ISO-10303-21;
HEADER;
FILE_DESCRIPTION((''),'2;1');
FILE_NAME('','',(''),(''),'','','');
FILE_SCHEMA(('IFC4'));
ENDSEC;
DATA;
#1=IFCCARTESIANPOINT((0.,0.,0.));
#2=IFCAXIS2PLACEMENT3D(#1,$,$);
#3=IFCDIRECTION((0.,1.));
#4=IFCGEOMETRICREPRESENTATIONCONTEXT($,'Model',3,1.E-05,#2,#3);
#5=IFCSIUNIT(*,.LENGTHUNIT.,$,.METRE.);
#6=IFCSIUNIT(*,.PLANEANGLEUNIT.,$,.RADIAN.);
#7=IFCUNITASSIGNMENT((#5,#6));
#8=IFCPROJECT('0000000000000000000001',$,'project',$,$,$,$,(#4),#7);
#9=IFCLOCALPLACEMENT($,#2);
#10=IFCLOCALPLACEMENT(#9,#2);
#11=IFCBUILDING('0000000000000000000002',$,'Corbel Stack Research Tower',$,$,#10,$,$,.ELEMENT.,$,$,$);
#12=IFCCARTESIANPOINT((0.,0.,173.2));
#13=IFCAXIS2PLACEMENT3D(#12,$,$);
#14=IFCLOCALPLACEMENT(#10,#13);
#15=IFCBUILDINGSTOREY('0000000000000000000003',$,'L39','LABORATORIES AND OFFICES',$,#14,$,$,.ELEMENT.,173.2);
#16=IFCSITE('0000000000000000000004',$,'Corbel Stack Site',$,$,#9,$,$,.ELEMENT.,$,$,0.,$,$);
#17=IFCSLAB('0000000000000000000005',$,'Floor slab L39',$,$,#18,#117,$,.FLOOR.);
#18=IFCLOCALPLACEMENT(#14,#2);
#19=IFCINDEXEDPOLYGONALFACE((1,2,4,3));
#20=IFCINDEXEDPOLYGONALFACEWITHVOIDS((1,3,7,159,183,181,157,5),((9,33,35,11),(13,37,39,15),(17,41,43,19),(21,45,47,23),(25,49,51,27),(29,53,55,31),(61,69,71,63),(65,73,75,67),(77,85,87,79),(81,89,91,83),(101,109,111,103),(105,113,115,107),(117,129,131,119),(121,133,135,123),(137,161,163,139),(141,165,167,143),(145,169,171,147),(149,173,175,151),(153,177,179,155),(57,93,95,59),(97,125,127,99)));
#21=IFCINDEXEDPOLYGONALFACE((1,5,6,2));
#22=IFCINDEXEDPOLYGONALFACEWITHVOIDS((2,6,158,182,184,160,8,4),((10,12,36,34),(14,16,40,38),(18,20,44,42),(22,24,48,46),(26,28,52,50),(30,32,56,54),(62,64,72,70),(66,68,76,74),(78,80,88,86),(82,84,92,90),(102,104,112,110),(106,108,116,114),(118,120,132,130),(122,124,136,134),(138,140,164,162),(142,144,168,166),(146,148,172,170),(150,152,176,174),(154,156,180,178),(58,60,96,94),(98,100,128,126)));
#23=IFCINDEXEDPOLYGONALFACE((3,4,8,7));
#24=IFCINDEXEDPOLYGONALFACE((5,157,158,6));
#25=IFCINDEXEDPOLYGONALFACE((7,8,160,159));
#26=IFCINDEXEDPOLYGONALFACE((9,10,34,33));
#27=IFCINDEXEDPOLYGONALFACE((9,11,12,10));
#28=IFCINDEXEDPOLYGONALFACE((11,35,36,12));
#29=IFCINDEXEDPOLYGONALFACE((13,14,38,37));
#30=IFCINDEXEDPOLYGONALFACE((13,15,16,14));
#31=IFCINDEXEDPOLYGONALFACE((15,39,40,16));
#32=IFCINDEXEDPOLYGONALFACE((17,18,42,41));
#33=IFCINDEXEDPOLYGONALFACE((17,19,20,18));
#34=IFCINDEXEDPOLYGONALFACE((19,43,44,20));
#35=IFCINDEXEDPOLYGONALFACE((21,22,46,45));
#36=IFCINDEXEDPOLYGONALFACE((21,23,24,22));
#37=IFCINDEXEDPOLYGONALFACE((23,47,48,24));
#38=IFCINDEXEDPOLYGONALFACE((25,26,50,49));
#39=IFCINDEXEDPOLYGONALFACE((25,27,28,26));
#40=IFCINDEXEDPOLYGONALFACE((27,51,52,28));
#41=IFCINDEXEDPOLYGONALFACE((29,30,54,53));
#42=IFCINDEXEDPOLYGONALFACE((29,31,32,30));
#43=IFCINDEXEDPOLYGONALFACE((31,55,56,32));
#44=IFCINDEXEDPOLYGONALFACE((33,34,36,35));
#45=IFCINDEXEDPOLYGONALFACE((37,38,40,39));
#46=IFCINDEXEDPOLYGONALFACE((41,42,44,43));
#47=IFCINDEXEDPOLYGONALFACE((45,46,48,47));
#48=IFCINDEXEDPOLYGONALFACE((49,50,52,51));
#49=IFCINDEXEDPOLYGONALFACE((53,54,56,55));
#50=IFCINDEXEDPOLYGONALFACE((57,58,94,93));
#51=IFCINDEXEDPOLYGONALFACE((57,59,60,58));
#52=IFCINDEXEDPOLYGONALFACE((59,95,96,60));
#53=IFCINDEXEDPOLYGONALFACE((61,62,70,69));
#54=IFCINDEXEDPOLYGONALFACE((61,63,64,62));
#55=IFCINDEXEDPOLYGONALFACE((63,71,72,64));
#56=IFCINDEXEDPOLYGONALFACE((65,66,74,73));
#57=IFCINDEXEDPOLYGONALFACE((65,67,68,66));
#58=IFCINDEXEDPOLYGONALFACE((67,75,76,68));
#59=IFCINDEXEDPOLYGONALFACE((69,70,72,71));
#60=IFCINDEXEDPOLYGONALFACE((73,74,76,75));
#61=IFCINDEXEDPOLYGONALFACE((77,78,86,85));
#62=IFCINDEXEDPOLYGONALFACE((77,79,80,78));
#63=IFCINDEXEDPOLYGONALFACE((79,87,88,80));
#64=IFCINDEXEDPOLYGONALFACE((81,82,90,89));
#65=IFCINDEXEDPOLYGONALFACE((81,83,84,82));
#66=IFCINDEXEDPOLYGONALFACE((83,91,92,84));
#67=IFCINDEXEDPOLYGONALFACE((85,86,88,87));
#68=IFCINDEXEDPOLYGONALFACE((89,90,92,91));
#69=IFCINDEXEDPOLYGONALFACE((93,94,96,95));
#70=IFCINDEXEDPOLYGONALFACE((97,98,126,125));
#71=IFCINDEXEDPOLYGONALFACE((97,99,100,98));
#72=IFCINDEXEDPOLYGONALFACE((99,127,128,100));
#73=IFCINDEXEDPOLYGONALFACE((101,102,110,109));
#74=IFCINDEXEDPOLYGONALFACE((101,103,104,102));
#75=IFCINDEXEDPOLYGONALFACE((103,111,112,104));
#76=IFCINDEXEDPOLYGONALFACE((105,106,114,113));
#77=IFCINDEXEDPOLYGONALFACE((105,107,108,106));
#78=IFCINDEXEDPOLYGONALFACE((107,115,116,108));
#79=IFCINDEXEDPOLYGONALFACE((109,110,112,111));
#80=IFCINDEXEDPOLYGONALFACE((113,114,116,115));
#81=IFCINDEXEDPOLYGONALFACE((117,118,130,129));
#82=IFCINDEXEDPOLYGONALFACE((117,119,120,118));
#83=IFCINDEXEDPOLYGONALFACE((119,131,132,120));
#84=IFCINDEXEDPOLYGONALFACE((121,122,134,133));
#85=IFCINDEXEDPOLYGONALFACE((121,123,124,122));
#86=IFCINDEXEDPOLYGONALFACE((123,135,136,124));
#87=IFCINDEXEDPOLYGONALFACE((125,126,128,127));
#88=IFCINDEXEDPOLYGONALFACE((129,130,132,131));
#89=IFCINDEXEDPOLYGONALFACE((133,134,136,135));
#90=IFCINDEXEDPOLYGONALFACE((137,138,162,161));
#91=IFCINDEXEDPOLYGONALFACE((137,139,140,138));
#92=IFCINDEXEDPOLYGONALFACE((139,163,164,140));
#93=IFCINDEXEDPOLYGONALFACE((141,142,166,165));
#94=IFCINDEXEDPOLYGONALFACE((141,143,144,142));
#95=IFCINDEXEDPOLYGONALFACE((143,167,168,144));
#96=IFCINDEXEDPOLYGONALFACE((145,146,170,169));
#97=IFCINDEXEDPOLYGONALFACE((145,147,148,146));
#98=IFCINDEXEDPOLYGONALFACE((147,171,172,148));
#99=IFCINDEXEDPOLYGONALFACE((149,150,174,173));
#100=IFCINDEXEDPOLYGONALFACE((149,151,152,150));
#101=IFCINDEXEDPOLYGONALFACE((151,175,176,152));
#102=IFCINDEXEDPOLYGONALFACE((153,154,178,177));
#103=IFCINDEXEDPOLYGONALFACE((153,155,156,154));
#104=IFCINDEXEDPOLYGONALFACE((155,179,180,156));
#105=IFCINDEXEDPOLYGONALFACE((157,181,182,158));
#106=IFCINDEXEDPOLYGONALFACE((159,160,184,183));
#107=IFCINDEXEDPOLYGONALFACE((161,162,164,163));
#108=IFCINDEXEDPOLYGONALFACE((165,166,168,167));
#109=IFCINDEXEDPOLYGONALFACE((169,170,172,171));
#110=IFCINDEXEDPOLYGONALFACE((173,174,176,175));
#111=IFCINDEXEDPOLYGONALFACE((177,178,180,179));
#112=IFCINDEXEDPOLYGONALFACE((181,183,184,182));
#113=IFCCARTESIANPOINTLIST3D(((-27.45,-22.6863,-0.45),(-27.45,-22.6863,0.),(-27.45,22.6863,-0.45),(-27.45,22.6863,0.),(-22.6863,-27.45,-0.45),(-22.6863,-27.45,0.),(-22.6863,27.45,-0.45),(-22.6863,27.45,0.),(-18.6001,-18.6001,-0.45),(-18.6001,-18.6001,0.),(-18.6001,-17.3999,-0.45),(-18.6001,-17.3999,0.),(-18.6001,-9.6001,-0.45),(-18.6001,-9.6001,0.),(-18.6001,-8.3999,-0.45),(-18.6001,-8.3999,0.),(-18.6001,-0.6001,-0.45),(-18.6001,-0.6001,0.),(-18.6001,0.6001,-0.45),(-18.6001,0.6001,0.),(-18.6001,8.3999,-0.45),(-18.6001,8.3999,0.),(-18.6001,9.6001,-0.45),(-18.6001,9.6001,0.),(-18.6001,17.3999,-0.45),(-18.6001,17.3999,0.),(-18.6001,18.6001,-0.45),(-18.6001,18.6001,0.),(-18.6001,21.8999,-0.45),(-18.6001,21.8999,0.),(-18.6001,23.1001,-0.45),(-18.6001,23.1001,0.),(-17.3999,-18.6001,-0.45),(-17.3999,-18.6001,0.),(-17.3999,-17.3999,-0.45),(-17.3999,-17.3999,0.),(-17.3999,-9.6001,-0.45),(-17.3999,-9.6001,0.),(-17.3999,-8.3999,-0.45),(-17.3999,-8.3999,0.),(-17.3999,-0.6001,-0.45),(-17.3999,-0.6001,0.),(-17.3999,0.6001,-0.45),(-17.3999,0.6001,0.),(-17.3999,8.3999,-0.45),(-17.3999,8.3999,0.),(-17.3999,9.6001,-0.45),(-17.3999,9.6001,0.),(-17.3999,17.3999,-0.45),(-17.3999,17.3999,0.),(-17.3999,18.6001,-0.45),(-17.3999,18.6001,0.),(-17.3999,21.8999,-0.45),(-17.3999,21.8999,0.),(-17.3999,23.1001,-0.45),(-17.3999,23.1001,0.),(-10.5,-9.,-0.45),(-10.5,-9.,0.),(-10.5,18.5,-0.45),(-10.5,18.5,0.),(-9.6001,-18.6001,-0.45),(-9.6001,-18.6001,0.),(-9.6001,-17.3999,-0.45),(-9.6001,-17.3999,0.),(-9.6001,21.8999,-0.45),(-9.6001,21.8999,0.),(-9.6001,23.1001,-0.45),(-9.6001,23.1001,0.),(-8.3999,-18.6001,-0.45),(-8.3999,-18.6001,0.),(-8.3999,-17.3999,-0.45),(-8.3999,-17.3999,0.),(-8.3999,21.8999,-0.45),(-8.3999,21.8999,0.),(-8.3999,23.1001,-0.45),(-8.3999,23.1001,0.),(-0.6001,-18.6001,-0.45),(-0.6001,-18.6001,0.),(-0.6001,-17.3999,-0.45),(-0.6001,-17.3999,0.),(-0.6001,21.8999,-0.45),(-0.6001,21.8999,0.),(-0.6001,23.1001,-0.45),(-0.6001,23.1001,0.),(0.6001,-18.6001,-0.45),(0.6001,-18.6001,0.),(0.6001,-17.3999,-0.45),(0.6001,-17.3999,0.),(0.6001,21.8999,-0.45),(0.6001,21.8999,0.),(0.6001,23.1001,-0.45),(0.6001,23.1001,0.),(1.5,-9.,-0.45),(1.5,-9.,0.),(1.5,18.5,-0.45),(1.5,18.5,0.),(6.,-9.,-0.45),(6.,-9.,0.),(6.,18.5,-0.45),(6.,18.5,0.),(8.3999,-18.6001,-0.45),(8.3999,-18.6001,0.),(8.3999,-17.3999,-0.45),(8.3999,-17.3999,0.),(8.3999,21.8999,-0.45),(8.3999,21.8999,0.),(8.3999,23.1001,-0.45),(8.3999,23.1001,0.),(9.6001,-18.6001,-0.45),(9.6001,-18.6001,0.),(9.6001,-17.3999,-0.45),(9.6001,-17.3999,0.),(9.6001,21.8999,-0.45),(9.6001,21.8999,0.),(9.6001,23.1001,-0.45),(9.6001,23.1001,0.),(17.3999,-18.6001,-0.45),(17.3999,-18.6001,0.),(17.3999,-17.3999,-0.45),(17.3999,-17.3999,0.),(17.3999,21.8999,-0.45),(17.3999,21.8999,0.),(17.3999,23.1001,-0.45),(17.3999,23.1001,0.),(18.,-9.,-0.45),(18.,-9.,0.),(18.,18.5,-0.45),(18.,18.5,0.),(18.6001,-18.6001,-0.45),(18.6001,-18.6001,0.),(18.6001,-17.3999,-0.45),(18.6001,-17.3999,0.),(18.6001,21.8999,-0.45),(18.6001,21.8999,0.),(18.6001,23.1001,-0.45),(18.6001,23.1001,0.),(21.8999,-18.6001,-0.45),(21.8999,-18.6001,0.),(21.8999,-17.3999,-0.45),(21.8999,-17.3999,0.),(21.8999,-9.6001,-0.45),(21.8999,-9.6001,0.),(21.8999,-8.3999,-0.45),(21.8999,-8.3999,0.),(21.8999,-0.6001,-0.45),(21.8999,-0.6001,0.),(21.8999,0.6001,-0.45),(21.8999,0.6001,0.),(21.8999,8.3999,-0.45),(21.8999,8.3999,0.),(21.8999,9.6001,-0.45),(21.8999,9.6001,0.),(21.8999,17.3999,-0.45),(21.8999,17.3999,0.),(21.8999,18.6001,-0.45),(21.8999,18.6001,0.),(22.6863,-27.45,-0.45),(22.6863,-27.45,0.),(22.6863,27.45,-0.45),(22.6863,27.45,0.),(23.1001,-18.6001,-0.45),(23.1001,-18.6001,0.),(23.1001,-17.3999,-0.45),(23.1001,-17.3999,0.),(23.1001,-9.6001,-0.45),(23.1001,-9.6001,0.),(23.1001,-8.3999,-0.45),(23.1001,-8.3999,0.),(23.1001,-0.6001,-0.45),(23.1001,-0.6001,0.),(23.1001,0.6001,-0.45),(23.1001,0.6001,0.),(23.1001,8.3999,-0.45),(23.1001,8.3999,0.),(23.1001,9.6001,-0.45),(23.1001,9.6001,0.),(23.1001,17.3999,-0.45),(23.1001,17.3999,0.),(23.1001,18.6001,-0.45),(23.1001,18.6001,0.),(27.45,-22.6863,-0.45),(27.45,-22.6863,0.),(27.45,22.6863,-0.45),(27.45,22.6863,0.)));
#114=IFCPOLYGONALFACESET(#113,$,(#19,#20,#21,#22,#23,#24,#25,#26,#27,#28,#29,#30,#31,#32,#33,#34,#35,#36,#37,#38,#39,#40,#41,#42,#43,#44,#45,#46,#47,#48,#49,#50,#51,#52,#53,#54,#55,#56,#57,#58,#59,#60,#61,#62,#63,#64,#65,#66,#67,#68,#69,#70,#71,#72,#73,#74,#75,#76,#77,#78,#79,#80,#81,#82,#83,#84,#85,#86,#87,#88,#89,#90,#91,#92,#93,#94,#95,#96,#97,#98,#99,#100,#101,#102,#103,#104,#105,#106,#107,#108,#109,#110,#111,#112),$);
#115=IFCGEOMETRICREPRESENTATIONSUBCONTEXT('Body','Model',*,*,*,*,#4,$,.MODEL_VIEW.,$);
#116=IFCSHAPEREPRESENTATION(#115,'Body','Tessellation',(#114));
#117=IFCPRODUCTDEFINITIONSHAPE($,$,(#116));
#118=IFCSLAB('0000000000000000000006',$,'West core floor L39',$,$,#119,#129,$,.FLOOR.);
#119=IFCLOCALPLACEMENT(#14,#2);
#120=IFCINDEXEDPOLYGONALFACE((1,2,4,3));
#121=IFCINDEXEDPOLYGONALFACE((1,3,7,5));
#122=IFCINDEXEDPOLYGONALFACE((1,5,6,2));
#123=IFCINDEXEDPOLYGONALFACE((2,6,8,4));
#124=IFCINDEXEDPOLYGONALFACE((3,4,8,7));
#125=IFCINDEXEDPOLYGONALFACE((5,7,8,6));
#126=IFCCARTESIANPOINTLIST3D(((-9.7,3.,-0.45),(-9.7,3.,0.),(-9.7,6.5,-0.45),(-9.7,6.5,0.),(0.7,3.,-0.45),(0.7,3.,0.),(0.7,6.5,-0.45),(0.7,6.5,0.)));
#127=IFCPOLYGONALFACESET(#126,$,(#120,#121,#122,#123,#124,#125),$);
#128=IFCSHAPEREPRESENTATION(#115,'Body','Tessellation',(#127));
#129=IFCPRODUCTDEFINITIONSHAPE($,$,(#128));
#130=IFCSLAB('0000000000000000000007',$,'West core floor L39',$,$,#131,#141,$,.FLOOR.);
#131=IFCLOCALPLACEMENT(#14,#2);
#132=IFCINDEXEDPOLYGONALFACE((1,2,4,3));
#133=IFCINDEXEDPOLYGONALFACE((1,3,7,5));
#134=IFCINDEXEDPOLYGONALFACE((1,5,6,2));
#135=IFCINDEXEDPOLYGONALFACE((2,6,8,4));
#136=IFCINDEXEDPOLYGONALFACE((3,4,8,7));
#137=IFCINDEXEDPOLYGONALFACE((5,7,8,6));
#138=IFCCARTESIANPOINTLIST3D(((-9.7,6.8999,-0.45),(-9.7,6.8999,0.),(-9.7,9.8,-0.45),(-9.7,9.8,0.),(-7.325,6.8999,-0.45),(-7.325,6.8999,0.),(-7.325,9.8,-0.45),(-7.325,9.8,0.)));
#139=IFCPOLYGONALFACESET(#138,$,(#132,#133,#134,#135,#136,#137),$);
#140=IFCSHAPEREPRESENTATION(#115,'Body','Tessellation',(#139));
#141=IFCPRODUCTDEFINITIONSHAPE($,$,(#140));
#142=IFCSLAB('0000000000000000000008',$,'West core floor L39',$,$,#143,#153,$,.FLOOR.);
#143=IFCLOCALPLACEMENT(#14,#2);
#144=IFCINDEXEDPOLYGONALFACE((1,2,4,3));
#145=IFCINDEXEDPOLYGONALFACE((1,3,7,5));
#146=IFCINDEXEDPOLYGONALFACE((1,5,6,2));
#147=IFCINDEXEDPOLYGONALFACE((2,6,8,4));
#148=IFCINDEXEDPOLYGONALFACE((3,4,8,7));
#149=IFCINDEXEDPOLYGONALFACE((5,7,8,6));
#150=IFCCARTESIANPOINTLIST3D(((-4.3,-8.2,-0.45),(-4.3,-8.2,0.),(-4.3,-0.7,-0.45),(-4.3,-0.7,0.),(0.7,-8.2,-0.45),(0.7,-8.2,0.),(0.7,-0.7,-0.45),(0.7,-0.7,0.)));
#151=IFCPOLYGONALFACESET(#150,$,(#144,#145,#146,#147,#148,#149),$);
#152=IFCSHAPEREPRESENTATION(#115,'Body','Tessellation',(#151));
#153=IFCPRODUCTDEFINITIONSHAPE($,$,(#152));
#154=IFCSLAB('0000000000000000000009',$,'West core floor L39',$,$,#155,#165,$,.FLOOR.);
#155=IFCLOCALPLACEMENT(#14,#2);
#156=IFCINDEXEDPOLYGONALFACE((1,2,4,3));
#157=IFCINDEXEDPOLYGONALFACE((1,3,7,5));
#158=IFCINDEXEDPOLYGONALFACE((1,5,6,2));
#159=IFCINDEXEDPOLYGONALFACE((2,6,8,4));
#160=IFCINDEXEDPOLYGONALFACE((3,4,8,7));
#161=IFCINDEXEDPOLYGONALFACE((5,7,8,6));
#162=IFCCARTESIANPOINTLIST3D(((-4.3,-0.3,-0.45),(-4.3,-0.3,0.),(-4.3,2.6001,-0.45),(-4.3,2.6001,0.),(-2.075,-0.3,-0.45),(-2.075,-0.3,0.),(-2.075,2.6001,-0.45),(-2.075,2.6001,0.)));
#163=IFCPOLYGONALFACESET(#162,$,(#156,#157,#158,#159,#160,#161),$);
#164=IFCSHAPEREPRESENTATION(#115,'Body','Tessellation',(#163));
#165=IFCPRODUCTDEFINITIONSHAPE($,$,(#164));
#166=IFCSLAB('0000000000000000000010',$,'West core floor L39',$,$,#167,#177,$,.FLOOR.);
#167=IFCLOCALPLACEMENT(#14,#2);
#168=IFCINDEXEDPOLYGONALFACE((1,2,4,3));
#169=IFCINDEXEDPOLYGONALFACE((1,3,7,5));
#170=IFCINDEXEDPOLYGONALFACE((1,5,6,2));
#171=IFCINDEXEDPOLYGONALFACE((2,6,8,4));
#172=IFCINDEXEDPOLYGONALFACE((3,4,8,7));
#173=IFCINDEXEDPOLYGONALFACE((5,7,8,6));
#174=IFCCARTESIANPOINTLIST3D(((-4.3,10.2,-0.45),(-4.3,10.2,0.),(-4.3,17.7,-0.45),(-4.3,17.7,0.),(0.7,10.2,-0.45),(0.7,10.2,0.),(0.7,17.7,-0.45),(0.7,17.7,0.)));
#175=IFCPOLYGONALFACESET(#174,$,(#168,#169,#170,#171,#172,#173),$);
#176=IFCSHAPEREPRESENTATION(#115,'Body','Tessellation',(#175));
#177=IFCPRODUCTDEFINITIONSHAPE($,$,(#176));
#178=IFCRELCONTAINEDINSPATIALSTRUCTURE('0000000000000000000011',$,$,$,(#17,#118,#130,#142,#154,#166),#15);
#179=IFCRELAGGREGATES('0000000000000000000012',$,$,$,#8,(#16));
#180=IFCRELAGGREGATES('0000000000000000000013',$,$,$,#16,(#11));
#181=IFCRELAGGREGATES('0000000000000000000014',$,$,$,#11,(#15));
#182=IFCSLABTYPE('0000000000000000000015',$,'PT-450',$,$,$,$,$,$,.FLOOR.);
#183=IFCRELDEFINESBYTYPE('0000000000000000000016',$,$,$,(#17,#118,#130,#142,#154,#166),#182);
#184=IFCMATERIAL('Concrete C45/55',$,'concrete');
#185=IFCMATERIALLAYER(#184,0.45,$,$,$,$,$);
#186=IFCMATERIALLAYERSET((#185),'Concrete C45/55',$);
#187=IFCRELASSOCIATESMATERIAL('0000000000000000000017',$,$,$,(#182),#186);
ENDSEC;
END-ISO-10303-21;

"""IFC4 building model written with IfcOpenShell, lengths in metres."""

from ifc_helpers import new_model, si_unit, direction, frame, origin, place, context, subcontext, project, spatial, polyline, outline, extrude, material, layer, layer_set, type_object, element, save


model = new_model("IFC4")

# Units and contexts
model_context = context("Model", 3, precision=1e-05, world=origin(), true_north=direction((0.0, 1.0)))
body_context = subcontext(model_context, "Body", "Model", "MODEL_VIEW")
ifc_project = project(units=[si_unit("LENGTHUNIT", "METRE"), si_unit("PLANEANGLEUNIT", "RADIAN")], contexts=[model_context])

# Site, building, storey
site_placement = place(None, origin())
site = spatial("IfcSite", under=ifc_project, at=site_placement, Name="Corbel Stack Site", CompositionType="ELEMENT", RefElevation=0.0)
building_placement = place(site_placement, origin())
building = spatial("IfcBuilding", under=site, at=building_placement, Name="Corbel Stack Research Tower", CompositionType="ELEMENT")
storey_placement = place(building_placement, frame((0.0, 0.0, 173.2)))
storey = spatial("IfcBuildingStorey", under=building, at=storey_placement, Name="L39", Description="LABORATORIES AND OFFICES", CompositionType="ELEMENT", Elevation=173.2)

# Slabs
ifc_material_1 = material(Name="Concrete C45/55", Category="concrete")
ifc_layer_1 = layer(ifc_material_1, 0.45)
ifc_layer_set_1 = layer_set([ifc_layer_1], Name="Concrete C45/55")
slab_type = type_object("IfcSlabType", Name="PT-450", PredefinedType="FLOOR", material=ifc_layer_set_1)
slab_1_placement = place(storey_placement, frame((0.0, 0.0, -0.45)))
element("IfcSlab", 1, at=slab_1_placement, inside=storey, type_object=slab_type, Name="Floor slab L39", PredefinedType="FLOOR", context=body_context, shape_type="SweptSolid", body=[
    extrude(outline(polyline([(-22.6863, -27.45), (22.6863, -27.45), (27.45, -22.6863), (27.45, 22.6863), (22.6863, 27.45), (-22.6863, 27.45), (-27.45, 22.6863), (-27.45, -22.6863), (-22.6863, -27.45)]), holes=[polyline([(23.1001, 17.3999), (21.8999, 17.3999), (21.8999, 18.6001), (23.1001, 18.6001), (23.1001, 17.3999)]), polyline([(21.8999, 8.3999), (21.8999, 9.6001), (23.1001, 9.6001), (23.1001, 8.3999), (21.8999, 8.3999)]), polyline([(23.1001, -0.6001), (21.8999, -0.6001), (21.8999, 0.6001), (23.1001, 0.6001), (23.1001, -0.6001)]), polyline([(21.8999, -9.6001), (21.8999, -8.3999), (23.1001, -8.3999), (23.1001, -9.6001), (21.8999, -9.6001)]), polyline([(21.8999, -18.6001), (21.8999, -17.3999), (23.1001, -17.3999), (23.1001, -18.6001), (21.8999, -18.6001)]), polyline([(17.3999, 21.8999), (17.3999, 23.1001), (18.6001, 23.1001), (18.6001, 21.8999), (17.3999, 21.8999)]), polyline([(18.6001, -18.6001), (17.3999, -18.6001), (17.3999, -17.3999), (18.6001, -17.3999), (18.6001, -18.6001)]), polyline([(6.0, -9.0), (6.0, 18.5), (18.0, 18.5), (18.0, -9.0), (6.0, -9.0)]), polyline([(8.3999, 21.8999), (8.3999, 23.1001), (9.6001, 23.1001), (9.6001, 21.8999), (8.3999, 21.8999)]), polyline([(9.6001, -18.6001), (8.3999, -18.6001), (8.3999, -17.3999), (9.6001, -17.3999), (9.6001, -18.6001)]), polyline([(1.5, -9.0), (-10.5, -9.0), (-10.5, 18.5), (1.5, 18.5), (1.5, -9.0)]), polyline([(0.6001, 21.8999), (-0.6001, 21.8999), (-0.6001, 23.1001), (0.6001, 23.1001), (0.6001, 21.8999)]), polyline([(0.6001, -18.6001), (-0.6001, -18.6001), (-0.6001, -17.3999), (0.6001, -17.3999), (0.6001, -18.6001)]), polyline([(-9.6001, 21.8999), (-9.6001, 23.1001), (-8.3999, 23.1001), (-8.3999, 21.8999), (-9.6001, 21.8999)]), polyline([(-8.3999, -18.6001), (-9.6001, -18.6001), (-9.6001, -17.3999), (-8.3999, -17.3999), (-8.3999, -18.6001)]), polyline([(-18.6001, 21.8999), (-18.6001, 23.1001), (-17.3999, 23.1001), (-17.3999, 21.8999), (-18.6001, 21.8999)]), polyline([(-17.3999, 17.3999), (-18.6001, 17.3999), (-18.6001, 18.6001), (-17.3999, 18.6001), (-17.3999, 17.3999)]), polyline([(-17.3999, 8.3999), (-18.6001, 8.3999), (-18.6001, 9.6001), (-17.3999, 9.6001), (-17.3999, 8.3999)]), polyline([(-18.6001, -0.6001), (-18.6001, 0.6001), (-17.3999, 0.6001), (-17.3999, -0.6001), (-18.6001, -0.6001)]), polyline([(-18.6001, -9.6001), (-18.6001, -8.3999), (-17.3999, -8.3999), (-17.3999, -9.6001), (-18.6001, -9.6001)]), polyline([(-17.3999, -18.6001), (-18.6001, -18.6001), (-18.6001, -17.3999), (-17.3999, -17.3999), (-17.3999, -18.6001)])]), origin(), (0.0, 0.0, 1.0), 0.45),
])
slab_2_placement = place(storey_placement, frame((0.0, 0.0, -0.45)))
element("IfcSlab", 2, at=slab_2_placement, inside=storey, type_object=slab_type, Name="West core floor L39", PredefinedType="FLOOR", context=body_context, shape_type="SweptSolid", body=[
    extrude(outline(polyline([(0.7, 6.5), (-9.7, 6.5), (-9.7, 3.0), (0.7, 3.0), (0.7, 6.5)])), origin(), (0.0, 0.0, 1.0), 0.45),
])
slab_3_placement = place(storey_placement, frame((0.0, 0.0, -0.45)))
element("IfcSlab", 3, at=slab_3_placement, inside=storey, type_object=slab_type, Name="West core floor L39", PredefinedType="FLOOR", context=body_context, shape_type="SweptSolid", body=[
    extrude(outline(polyline([(-9.7, 6.8999), (-7.325, 6.8999), (-7.325, 9.8), (-9.7, 9.8), (-9.7, 6.8999)])), origin(), (0.0, 0.0, 1.0), 0.45),
])
slab_4_placement = place(storey_placement, frame((0.0, 0.0, -0.45)))
element("IfcSlab", 4, at=slab_4_placement, inside=storey, type_object=slab_type, Name="West core floor L39", PredefinedType="FLOOR", context=body_context, shape_type="SweptSolid", body=[
    extrude(outline(polyline([(-4.3, -0.7), (-4.3, -8.2), (0.7, -8.2), (0.7, -0.7), (-4.3, -0.7)])), origin(), (0.0, 0.0, 1.0), 0.45),
])
slab_5_placement = place(storey_placement, frame((0.0, 0.0, -0.45)))
element("IfcSlab", 5, at=slab_5_placement, inside=storey, type_object=slab_type, Name="West core floor L39", PredefinedType="FLOOR", context=body_context, shape_type="SweptSolid", body=[
    extrude(outline(polyline([(-2.075, -0.3), (-2.075, 2.6001), (-4.3, 2.6001), (-4.3, -0.3), (-2.075, -0.3)])), origin(), (0.0, 0.0, 1.0), 0.45),
])
slab_6_placement = place(storey_placement, frame((0.0, 0.0, -0.45)))
element("IfcSlab", 6, at=slab_6_placement, inside=storey, type_object=slab_type, Name="West core floor L39", PredefinedType="FLOOR", context=body_context, shape_type="SweptSolid", body=[
    extrude(outline(polyline([(0.7, 17.7), (-4.3, 17.7), (-4.3, 10.2), (0.7, 10.2), (0.7, 17.7)])), origin(), (0.0, 0.0, 1.0), 0.45),
])

save(model, "model.ifc")
